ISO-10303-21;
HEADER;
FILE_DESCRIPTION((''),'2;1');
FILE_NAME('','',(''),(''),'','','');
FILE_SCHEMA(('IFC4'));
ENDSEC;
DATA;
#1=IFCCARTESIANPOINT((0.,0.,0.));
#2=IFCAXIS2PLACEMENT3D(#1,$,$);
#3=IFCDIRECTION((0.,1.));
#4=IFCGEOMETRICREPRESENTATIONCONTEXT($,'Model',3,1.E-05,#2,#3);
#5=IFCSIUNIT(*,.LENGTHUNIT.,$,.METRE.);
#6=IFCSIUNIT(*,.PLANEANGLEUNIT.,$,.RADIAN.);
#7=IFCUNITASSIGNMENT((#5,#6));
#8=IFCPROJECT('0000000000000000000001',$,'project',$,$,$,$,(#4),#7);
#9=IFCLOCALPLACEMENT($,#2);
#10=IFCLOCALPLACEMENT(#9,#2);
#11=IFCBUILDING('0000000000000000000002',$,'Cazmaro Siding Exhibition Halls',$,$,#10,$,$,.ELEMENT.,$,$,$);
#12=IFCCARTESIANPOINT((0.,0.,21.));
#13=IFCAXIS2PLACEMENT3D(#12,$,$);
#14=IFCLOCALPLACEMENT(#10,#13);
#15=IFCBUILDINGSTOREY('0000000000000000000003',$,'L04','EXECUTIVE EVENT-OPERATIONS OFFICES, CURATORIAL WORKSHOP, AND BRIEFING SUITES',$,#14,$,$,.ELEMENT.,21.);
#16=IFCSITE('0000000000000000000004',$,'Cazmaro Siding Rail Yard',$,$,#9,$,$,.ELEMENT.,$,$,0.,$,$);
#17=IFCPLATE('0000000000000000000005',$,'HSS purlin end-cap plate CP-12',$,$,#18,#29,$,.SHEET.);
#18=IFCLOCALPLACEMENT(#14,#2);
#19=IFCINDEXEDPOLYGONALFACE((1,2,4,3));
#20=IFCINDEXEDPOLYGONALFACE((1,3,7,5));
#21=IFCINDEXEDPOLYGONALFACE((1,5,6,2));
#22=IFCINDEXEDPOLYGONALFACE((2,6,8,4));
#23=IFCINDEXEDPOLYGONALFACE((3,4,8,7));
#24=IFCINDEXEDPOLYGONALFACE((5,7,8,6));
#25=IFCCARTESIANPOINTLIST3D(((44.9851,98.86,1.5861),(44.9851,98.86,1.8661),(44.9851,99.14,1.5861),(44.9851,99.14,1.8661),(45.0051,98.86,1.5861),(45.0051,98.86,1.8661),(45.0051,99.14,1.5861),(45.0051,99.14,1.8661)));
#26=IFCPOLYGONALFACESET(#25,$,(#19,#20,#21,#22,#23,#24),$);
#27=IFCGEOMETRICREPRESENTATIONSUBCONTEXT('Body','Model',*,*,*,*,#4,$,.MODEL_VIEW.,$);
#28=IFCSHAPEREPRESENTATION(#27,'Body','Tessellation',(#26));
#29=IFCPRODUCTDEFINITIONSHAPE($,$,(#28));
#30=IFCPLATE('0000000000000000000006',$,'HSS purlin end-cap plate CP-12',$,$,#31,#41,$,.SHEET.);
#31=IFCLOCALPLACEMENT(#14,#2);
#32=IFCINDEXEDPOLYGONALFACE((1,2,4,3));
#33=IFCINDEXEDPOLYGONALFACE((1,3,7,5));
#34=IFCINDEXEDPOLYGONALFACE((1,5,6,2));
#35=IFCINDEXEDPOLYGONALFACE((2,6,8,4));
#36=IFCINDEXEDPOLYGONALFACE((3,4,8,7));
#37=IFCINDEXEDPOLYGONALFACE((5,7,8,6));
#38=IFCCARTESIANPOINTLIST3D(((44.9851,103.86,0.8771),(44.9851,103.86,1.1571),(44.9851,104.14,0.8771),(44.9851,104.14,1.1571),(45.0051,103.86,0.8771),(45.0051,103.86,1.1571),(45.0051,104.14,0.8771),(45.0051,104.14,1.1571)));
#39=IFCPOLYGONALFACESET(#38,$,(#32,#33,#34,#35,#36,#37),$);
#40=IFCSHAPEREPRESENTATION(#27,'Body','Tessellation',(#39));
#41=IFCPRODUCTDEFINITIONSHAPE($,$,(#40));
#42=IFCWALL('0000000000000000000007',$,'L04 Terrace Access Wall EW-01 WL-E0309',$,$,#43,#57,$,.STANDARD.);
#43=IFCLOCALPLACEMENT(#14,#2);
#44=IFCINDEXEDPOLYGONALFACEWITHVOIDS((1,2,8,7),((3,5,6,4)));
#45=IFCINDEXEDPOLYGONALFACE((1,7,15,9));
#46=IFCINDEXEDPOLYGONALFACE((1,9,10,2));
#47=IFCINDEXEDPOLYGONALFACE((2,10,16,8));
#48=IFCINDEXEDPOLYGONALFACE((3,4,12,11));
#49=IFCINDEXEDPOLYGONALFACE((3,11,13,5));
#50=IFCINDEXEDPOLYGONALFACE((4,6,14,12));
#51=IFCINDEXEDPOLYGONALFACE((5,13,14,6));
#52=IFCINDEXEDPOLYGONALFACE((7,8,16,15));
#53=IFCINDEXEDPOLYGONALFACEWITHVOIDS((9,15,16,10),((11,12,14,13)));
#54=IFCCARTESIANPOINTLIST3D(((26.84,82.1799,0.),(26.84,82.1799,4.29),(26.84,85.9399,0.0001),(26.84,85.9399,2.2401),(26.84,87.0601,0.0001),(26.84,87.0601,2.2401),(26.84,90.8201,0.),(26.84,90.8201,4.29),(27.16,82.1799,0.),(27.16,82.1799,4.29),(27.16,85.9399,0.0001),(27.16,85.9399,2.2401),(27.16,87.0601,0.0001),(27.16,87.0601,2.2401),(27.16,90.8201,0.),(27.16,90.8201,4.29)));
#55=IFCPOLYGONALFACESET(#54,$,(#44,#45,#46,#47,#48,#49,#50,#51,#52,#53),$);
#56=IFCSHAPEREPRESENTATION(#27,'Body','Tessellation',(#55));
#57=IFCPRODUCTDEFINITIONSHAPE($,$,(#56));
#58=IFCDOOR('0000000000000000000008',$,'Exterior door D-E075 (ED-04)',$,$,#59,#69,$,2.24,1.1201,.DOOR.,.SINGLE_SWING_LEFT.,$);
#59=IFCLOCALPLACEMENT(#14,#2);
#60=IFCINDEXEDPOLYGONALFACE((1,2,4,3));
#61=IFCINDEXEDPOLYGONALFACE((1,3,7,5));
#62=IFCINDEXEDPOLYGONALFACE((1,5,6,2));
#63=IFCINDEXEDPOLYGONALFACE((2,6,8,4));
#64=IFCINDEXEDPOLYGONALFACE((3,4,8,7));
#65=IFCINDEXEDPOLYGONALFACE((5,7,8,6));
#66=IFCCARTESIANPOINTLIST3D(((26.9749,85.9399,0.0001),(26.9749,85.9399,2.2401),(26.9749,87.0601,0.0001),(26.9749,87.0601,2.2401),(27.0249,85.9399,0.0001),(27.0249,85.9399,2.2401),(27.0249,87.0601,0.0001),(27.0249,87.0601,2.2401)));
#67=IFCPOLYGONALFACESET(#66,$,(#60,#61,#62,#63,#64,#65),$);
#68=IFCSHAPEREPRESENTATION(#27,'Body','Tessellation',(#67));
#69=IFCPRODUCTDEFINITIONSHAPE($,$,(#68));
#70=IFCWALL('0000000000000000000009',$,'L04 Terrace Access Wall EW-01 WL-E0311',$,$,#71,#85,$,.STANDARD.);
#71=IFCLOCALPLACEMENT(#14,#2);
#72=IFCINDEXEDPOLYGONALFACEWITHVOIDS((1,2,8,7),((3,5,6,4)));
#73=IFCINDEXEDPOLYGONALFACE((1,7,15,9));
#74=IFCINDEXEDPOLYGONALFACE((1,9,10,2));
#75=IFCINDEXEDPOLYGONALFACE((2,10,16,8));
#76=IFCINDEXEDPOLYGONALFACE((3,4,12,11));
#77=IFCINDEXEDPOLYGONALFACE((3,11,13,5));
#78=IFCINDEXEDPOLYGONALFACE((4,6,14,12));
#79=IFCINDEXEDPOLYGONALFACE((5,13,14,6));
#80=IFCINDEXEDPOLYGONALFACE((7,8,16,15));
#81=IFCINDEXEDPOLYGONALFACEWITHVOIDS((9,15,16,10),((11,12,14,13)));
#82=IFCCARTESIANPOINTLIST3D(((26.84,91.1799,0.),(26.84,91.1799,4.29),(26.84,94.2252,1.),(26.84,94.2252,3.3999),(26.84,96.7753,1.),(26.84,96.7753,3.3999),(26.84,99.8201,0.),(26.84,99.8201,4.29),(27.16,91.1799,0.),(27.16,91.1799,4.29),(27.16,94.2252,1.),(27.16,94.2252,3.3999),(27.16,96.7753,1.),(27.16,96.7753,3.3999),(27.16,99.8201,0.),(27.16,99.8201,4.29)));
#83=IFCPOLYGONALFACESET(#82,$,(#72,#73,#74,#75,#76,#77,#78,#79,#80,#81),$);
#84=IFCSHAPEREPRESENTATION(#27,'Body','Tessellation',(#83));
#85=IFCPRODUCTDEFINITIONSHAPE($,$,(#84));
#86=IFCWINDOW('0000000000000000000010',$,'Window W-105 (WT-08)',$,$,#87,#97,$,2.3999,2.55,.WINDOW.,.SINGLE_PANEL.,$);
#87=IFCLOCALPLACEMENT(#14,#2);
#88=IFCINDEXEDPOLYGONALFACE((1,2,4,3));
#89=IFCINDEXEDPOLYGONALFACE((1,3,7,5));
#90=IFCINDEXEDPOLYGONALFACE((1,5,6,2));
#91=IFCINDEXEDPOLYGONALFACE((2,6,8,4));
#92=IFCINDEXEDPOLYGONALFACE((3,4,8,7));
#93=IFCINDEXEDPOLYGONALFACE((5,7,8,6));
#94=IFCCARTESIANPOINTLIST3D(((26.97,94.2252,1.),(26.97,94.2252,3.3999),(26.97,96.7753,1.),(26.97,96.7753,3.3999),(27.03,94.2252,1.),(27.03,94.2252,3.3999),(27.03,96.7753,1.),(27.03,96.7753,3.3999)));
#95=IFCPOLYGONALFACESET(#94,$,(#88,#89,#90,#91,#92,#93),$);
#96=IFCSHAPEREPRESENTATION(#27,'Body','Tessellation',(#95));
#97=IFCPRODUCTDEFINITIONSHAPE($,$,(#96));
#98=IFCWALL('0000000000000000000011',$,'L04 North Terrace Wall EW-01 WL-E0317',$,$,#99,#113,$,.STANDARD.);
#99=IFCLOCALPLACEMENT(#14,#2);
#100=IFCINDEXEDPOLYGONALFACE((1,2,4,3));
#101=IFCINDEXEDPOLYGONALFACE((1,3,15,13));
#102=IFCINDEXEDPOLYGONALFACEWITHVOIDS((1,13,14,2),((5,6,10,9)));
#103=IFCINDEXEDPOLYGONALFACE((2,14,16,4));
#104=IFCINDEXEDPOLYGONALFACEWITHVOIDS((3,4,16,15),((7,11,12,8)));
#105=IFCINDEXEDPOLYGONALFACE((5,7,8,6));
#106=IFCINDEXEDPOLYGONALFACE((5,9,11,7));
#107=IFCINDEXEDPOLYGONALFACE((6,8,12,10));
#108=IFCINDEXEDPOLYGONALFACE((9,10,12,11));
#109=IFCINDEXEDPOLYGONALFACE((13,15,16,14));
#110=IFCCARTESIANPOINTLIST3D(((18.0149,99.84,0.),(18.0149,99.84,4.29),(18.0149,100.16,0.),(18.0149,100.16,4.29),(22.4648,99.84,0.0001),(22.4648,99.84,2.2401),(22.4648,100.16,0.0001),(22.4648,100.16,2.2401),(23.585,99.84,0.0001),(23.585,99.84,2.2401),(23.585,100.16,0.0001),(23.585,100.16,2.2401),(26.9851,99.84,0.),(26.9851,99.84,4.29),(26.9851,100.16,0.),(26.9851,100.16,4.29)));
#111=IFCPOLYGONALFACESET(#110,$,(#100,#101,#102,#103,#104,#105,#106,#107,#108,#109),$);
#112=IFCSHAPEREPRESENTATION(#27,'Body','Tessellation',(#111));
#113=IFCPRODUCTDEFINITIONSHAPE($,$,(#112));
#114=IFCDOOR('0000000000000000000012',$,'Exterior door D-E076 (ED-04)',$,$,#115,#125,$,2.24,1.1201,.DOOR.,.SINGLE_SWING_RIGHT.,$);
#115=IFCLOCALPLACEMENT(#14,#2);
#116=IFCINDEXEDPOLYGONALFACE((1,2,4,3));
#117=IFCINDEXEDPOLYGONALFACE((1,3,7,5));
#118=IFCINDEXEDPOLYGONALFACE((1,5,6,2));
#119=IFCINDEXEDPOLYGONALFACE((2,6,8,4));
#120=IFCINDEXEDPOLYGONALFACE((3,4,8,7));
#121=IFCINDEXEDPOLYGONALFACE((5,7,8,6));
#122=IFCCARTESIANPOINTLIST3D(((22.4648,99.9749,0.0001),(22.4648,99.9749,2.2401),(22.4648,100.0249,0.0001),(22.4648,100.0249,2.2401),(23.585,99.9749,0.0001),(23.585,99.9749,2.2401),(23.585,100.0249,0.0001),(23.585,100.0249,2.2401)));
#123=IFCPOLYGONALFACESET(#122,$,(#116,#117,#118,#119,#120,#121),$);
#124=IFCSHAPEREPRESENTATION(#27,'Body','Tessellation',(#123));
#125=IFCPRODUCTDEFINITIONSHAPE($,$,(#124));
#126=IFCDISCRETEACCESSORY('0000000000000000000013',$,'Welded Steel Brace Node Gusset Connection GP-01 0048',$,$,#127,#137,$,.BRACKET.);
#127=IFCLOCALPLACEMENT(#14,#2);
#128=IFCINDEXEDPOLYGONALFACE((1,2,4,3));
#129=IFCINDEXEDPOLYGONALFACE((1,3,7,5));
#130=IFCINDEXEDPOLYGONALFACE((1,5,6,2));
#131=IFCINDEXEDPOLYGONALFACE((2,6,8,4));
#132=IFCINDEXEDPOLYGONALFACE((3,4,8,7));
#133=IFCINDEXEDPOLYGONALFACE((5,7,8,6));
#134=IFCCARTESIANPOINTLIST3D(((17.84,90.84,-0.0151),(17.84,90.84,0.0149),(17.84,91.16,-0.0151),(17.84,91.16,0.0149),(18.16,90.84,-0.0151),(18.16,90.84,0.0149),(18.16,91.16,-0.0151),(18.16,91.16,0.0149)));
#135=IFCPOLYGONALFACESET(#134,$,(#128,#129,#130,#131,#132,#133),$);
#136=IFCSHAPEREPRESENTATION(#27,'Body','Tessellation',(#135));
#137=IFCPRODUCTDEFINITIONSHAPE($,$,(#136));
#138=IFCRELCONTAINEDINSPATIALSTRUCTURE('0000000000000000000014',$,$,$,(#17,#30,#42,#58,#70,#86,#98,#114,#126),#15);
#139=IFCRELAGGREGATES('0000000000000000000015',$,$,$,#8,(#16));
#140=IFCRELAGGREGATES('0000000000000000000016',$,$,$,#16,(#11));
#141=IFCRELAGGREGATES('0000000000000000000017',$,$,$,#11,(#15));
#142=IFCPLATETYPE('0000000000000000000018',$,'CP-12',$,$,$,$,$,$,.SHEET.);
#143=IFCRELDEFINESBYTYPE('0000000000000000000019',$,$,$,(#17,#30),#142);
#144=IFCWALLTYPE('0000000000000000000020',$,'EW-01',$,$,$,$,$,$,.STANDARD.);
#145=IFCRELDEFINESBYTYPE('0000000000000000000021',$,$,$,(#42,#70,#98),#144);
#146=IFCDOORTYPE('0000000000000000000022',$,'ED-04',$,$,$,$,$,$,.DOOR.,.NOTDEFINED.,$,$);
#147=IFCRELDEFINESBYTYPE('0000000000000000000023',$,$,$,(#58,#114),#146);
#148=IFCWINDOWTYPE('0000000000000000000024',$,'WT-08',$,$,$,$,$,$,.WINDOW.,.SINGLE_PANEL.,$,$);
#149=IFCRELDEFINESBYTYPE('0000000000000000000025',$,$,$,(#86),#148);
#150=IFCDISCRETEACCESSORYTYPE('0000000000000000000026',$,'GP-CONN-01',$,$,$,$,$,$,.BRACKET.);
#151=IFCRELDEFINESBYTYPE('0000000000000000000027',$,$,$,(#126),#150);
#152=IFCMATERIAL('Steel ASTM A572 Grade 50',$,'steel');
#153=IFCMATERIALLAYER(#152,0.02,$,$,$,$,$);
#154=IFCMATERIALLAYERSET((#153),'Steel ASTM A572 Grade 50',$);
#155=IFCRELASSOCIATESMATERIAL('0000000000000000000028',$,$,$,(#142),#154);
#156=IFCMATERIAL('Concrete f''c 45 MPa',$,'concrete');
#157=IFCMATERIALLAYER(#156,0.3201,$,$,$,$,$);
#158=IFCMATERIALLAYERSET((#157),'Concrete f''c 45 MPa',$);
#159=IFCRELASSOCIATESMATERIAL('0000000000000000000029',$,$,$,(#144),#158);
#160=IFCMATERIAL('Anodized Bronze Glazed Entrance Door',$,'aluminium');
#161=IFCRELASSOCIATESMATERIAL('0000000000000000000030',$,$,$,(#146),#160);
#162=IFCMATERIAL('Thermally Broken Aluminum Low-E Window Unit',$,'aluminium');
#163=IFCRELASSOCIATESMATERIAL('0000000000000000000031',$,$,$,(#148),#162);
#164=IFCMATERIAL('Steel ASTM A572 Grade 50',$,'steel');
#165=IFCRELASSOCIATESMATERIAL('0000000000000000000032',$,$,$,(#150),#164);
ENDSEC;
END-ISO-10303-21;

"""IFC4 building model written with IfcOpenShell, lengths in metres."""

from ifc_helpers import new_model, si_unit, direction, frame, frame_2d, origin, origin_2d, place, context, subcontext, project, spatial, rectangle, extrude, material, layer, layer_set, type_object, element, fill, save


model = new_model("IFC4")

# Units and contexts
model_context = context("Model", 3, precision=1e-05, world=origin(), true_north=direction((0.0, 1.0)))
body_context = subcontext(model_context, "Body", "Model", "MODEL_VIEW")
ifc_project = project(units=[si_unit("LENGTHUNIT", "METRE"), si_unit("PLANEANGLEUNIT", "RADIAN")], contexts=[model_context])

# Site, building, storey
site_placement = place(None, origin())
site = spatial("IfcSite", under=ifc_project, at=site_placement, Name="Cazmaro Siding Rail Yard", CompositionType="ELEMENT", RefElevation=0.0)
building_placement = place(site_placement, origin())
building = spatial("IfcBuilding", under=site, at=building_placement, Name="Cazmaro Siding Exhibition Halls", CompositionType="ELEMENT")
storey_placement = place(building_placement, frame((0.0, 0.0, 21.0)))
storey = spatial("IfcBuildingStorey", under=building, at=storey_placement, Name="L04", Description="EXECUTIVE EVENT-OPERATIONS OFFICES, CURATORIAL WORKSHOP, AND BRIEFING SUITES", CompositionType="ELEMENT", Elevation=21.0)

# Plates
ifc_material_1 = material(Name="Steel ASTM A572 Grade 50", Category="steel")
ifc_layer_1 = layer(ifc_material_1, 0.02)
ifc_layer_set_1 = layer_set([ifc_layer_1], Name="Steel ASTM A572 Grade 50")
plate_type_1 = type_object("IfcPlateType", Name="CP-12", PredefinedType="SHEET", material=ifc_layer_set_1)
for number, where, z_axis, x_axis, name in (
    (1, (44.9851, 99.0, 1.7261), (1.0, 0.0, 0.0), (0.0, 1.0, 0.0), "HSS purlin end-cap plate CP-12"),
    (2, (44.9851, 104.0, 1.0171), (1.0, 0.0, 0.0), (0.0, 1.0, 0.0), "HSS purlin end-cap plate CP-12"),
):
    element("IfcPlate", number, at=place(storey_placement, frame(where, z_axis=z_axis, x_axis=x_axis)), inside=storey, type_object=plate_type_1, Name=name, PredefinedType="SHEET", context=body_context, shape_type="SweptSolid", body=[
        extrude(rectangle(XDim=0.28, YDim=0.28, at=origin_2d()), origin(), (0.0, 0.0, 1.0), 0.02),
    ])

# Wall, opening, door
ifc_material_2 = material(Name="Concrete f'c 45 MPa", Category="concrete")
ifc_layer_2 = layer(ifc_material_2, 0.3201)
ifc_layer_set_2 = layer_set([ifc_layer_2], Name="Concrete f'c 45 MPa")
wall_type = type_object("IfcWallType", Name="EW-01", PredefinedType="STANDARD", material=ifc_layer_set_2)
wall_1_placement = place(storey_placement, frame((27.0, 90.8201, 0.0), z_axis=(0.0, 0.0, 1.0), x_axis=(0.0, -1.0, 0.0)))
wall_1 = element("IfcWall", 3, at=wall_1_placement, inside=storey, type_object=wall_type, Name="L04 Terrace Access Wall EW-01 WL-E0309", PredefinedType="STANDARD", context=body_context, shape_type="SweptSolid", body=[
    extrude(rectangle(XDim=8.6401, YDim=0.3201, at=frame_2d((4.3201, 0.0))), origin(), (0.0, 0.0, 1.0), 4.29),
])
opening_1_placement = place(wall_1_placement, frame((3.76, 0.0, 0.0)))
opening_1 = element("IfcOpeningElement", 4, at=opening_1_placement, cuts=wall_1, PredefinedType="OPENING", context=body_context, shape_type="SweptSolid", body=[
    extrude(rectangle(XDim=1.1201, YDim=2.24, at=frame_2d((0.5601, 1.1201))), frame((0.0, 0.1699, 0.0), z_axis=(0.0, -1.0, 0.0), x_axis=(1.0, 0.0, 0.0)), (0.0, 0.0, 1.0), 0.3401),
])
ifc_material_3 = material(Name="Anodized Bronze Glazed Entrance Door", Category="aluminium")
door_type = type_object("IfcDoorType", Name="ED-04", OperationType="NOTDEFINED", PredefinedType="DOOR", material=ifc_material_3)
door_1_placement = place(opening_1_placement, origin())
door_1 = element("IfcDoor", 5, at=door_1_placement, inside=storey, type_object=door_type, Name="Exterior door D-E075 (ED-04)", OperationType="SINGLE_SWING_LEFT", OverallHeight=2.24, OverallWidth=1.1201, PredefinedType="DOOR", context=body_context, shape_type="SweptSolid", body=[
    extrude(rectangle(XDim=1.1201, YDim=2.24, at=frame_2d((0.5601, 1.1201))), frame((0.0, 0.0249, 0.0), z_axis=(0.0, -1.0, 0.0), x_axis=(1.0, 0.0, 0.0)), (0.0, 0.0, 1.0), 0.05),
])
fill(opening_1, door_1)

# Wall, opening, window
wall_2_placement = place(storey_placement, frame((27.0, 99.8201, 0.0), z_axis=(0.0, 0.0, 1.0), x_axis=(0.0, -1.0, 0.0)))
wall_2 = element("IfcWall", 6, at=wall_2_placement, inside=storey, type_object=wall_type, Name="L04 Terrace Access Wall EW-01 WL-E0311", PredefinedType="STANDARD", context=body_context, shape_type="SweptSolid", body=[
    extrude(rectangle(XDim=8.6401, YDim=0.3201, at=frame_2d((4.3201, 0.0))), origin(), (0.0, 0.0, 1.0), 4.29),
])
opening_2_placement = place(wall_2_placement, frame((3.0449, 0.0, 1.0)))
opening_2 = element("IfcOpeningElement", 7, at=opening_2_placement, cuts=wall_2, PredefinedType="OPENING", context=body_context, shape_type="SweptSolid", body=[
    extrude(rectangle(XDim=2.55, YDim=2.3999, at=frame_2d((1.2749, 1.2))), frame((0.0, 0.1699, 0.0), z_axis=(0.0, -1.0, 0.0), x_axis=(1.0, 0.0, 0.0)), (0.0, 0.0, 1.0), 0.3401),
])
ifc_material_4 = material(Name="Thermally Broken Aluminum Low-E Window Unit", Category="aluminium")
window_type = type_object("IfcWindowType", Name="WT-08", PartitioningType="SINGLE_PANEL", PredefinedType="WINDOW", material=ifc_material_4)
window_placement = place(opening_2_placement, origin())
window = element("IfcWindow", 8, at=window_placement, inside=storey, type_object=window_type, Name="Window W-105 (WT-08)", OverallHeight=2.3999, OverallWidth=2.55, PartitioningType="SINGLE_PANEL", PredefinedType="WINDOW", context=body_context, shape_type="SweptSolid", body=[
    extrude(rectangle(XDim=2.55, YDim=2.3999, at=frame_2d((1.2749, 1.2))), frame((0.0, 0.03, 0.0), z_axis=(0.0, -1.0, 0.0), x_axis=(1.0, 0.0, 0.0)), (0.0, 0.0, 1.0), 0.0601),
])
fill(opening_2, window)

# Wall, opening, door
wall_3_placement = place(storey_placement, frame((18.0149, 100.0, 0.0), z_axis=(0.0, 0.0, 1.0), x_axis=(1.0, 0.0, 0.0)))
wall_3 = element("IfcWall", 9, at=wall_3_placement, inside=storey, type_object=wall_type, Name="L04 North Terrace Wall EW-01 WL-E0317", PredefinedType="STANDARD", context=body_context, shape_type="SweptSolid", body=[
    extrude(rectangle(XDim=8.9702, YDim=0.3201, at=frame_2d((4.4851, 0.0))), origin(), (0.0, 0.0, 1.0), 4.29),
])
opening_3_placement = place(wall_3_placement, frame((4.45, 0.0, 0.0)))
opening_3 = element("IfcOpeningElement", 10, at=opening_3_placement, cuts=wall_3, PredefinedType="OPENING", context=body_context, shape_type="SweptSolid", body=[
    extrude(rectangle(XDim=1.1201, YDim=2.24, at=frame_2d((0.5601, 1.1201))), frame((0.0, 0.1699, 0.0), z_axis=(0.0, -1.0, 0.0), x_axis=(1.0, 0.0, 0.0)), (0.0, 0.0, 1.0), 0.3401),
])
door_2_placement = place(opening_3_placement, origin())
door_2 = element("IfcDoor", 11, at=door_2_placement, inside=storey, type_object=door_type, Name="Exterior door D-E076 (ED-04)", OperationType="SINGLE_SWING_RIGHT", OverallHeight=2.24, OverallWidth=1.1201, PredefinedType="DOOR", context=body_context, shape_type="SweptSolid", body=[
    extrude(rectangle(XDim=1.1201, YDim=2.24, at=frame_2d((0.5601, 1.1201))), frame((0.0, 0.0249, 0.0), z_axis=(0.0, -1.0, 0.0), x_axis=(1.0, 0.0, 0.0)), (0.0, 0.0, 1.0), 0.05),
])
fill(opening_3, door_2)

# Discrete accessory
ifc_material_5 = material(Name="Steel ASTM A572 Grade 50", Category="steel")
discrete_accessory_type = type_object("IfcDiscreteAccessoryType", Name="GP-CONN-01", PredefinedType="BRACKET", material=ifc_material_5)
discrete_accessory_placement = place(storey_placement, frame((18.0, 91.0, -0.0151), z_axis=(0.0, 0.0, 1.0), x_axis=(1.0, 0.0, 0.0)))
element("IfcDiscreteAccessory", 12, at=discrete_accessory_placement, inside=storey, type_object=discrete_accessory_type, Name="Welded Steel Brace Node Gusset Connection GP-01 0048", PredefinedType="BRACKET", context=body_context, shape_type="SweptSolid", body=[
    extrude(rectangle(XDim=0.3201, YDim=0.3201, at=origin_2d()), origin(), (0.0, 0.0, 1.0), 0.03),
])

save(model, "model.ifc")
